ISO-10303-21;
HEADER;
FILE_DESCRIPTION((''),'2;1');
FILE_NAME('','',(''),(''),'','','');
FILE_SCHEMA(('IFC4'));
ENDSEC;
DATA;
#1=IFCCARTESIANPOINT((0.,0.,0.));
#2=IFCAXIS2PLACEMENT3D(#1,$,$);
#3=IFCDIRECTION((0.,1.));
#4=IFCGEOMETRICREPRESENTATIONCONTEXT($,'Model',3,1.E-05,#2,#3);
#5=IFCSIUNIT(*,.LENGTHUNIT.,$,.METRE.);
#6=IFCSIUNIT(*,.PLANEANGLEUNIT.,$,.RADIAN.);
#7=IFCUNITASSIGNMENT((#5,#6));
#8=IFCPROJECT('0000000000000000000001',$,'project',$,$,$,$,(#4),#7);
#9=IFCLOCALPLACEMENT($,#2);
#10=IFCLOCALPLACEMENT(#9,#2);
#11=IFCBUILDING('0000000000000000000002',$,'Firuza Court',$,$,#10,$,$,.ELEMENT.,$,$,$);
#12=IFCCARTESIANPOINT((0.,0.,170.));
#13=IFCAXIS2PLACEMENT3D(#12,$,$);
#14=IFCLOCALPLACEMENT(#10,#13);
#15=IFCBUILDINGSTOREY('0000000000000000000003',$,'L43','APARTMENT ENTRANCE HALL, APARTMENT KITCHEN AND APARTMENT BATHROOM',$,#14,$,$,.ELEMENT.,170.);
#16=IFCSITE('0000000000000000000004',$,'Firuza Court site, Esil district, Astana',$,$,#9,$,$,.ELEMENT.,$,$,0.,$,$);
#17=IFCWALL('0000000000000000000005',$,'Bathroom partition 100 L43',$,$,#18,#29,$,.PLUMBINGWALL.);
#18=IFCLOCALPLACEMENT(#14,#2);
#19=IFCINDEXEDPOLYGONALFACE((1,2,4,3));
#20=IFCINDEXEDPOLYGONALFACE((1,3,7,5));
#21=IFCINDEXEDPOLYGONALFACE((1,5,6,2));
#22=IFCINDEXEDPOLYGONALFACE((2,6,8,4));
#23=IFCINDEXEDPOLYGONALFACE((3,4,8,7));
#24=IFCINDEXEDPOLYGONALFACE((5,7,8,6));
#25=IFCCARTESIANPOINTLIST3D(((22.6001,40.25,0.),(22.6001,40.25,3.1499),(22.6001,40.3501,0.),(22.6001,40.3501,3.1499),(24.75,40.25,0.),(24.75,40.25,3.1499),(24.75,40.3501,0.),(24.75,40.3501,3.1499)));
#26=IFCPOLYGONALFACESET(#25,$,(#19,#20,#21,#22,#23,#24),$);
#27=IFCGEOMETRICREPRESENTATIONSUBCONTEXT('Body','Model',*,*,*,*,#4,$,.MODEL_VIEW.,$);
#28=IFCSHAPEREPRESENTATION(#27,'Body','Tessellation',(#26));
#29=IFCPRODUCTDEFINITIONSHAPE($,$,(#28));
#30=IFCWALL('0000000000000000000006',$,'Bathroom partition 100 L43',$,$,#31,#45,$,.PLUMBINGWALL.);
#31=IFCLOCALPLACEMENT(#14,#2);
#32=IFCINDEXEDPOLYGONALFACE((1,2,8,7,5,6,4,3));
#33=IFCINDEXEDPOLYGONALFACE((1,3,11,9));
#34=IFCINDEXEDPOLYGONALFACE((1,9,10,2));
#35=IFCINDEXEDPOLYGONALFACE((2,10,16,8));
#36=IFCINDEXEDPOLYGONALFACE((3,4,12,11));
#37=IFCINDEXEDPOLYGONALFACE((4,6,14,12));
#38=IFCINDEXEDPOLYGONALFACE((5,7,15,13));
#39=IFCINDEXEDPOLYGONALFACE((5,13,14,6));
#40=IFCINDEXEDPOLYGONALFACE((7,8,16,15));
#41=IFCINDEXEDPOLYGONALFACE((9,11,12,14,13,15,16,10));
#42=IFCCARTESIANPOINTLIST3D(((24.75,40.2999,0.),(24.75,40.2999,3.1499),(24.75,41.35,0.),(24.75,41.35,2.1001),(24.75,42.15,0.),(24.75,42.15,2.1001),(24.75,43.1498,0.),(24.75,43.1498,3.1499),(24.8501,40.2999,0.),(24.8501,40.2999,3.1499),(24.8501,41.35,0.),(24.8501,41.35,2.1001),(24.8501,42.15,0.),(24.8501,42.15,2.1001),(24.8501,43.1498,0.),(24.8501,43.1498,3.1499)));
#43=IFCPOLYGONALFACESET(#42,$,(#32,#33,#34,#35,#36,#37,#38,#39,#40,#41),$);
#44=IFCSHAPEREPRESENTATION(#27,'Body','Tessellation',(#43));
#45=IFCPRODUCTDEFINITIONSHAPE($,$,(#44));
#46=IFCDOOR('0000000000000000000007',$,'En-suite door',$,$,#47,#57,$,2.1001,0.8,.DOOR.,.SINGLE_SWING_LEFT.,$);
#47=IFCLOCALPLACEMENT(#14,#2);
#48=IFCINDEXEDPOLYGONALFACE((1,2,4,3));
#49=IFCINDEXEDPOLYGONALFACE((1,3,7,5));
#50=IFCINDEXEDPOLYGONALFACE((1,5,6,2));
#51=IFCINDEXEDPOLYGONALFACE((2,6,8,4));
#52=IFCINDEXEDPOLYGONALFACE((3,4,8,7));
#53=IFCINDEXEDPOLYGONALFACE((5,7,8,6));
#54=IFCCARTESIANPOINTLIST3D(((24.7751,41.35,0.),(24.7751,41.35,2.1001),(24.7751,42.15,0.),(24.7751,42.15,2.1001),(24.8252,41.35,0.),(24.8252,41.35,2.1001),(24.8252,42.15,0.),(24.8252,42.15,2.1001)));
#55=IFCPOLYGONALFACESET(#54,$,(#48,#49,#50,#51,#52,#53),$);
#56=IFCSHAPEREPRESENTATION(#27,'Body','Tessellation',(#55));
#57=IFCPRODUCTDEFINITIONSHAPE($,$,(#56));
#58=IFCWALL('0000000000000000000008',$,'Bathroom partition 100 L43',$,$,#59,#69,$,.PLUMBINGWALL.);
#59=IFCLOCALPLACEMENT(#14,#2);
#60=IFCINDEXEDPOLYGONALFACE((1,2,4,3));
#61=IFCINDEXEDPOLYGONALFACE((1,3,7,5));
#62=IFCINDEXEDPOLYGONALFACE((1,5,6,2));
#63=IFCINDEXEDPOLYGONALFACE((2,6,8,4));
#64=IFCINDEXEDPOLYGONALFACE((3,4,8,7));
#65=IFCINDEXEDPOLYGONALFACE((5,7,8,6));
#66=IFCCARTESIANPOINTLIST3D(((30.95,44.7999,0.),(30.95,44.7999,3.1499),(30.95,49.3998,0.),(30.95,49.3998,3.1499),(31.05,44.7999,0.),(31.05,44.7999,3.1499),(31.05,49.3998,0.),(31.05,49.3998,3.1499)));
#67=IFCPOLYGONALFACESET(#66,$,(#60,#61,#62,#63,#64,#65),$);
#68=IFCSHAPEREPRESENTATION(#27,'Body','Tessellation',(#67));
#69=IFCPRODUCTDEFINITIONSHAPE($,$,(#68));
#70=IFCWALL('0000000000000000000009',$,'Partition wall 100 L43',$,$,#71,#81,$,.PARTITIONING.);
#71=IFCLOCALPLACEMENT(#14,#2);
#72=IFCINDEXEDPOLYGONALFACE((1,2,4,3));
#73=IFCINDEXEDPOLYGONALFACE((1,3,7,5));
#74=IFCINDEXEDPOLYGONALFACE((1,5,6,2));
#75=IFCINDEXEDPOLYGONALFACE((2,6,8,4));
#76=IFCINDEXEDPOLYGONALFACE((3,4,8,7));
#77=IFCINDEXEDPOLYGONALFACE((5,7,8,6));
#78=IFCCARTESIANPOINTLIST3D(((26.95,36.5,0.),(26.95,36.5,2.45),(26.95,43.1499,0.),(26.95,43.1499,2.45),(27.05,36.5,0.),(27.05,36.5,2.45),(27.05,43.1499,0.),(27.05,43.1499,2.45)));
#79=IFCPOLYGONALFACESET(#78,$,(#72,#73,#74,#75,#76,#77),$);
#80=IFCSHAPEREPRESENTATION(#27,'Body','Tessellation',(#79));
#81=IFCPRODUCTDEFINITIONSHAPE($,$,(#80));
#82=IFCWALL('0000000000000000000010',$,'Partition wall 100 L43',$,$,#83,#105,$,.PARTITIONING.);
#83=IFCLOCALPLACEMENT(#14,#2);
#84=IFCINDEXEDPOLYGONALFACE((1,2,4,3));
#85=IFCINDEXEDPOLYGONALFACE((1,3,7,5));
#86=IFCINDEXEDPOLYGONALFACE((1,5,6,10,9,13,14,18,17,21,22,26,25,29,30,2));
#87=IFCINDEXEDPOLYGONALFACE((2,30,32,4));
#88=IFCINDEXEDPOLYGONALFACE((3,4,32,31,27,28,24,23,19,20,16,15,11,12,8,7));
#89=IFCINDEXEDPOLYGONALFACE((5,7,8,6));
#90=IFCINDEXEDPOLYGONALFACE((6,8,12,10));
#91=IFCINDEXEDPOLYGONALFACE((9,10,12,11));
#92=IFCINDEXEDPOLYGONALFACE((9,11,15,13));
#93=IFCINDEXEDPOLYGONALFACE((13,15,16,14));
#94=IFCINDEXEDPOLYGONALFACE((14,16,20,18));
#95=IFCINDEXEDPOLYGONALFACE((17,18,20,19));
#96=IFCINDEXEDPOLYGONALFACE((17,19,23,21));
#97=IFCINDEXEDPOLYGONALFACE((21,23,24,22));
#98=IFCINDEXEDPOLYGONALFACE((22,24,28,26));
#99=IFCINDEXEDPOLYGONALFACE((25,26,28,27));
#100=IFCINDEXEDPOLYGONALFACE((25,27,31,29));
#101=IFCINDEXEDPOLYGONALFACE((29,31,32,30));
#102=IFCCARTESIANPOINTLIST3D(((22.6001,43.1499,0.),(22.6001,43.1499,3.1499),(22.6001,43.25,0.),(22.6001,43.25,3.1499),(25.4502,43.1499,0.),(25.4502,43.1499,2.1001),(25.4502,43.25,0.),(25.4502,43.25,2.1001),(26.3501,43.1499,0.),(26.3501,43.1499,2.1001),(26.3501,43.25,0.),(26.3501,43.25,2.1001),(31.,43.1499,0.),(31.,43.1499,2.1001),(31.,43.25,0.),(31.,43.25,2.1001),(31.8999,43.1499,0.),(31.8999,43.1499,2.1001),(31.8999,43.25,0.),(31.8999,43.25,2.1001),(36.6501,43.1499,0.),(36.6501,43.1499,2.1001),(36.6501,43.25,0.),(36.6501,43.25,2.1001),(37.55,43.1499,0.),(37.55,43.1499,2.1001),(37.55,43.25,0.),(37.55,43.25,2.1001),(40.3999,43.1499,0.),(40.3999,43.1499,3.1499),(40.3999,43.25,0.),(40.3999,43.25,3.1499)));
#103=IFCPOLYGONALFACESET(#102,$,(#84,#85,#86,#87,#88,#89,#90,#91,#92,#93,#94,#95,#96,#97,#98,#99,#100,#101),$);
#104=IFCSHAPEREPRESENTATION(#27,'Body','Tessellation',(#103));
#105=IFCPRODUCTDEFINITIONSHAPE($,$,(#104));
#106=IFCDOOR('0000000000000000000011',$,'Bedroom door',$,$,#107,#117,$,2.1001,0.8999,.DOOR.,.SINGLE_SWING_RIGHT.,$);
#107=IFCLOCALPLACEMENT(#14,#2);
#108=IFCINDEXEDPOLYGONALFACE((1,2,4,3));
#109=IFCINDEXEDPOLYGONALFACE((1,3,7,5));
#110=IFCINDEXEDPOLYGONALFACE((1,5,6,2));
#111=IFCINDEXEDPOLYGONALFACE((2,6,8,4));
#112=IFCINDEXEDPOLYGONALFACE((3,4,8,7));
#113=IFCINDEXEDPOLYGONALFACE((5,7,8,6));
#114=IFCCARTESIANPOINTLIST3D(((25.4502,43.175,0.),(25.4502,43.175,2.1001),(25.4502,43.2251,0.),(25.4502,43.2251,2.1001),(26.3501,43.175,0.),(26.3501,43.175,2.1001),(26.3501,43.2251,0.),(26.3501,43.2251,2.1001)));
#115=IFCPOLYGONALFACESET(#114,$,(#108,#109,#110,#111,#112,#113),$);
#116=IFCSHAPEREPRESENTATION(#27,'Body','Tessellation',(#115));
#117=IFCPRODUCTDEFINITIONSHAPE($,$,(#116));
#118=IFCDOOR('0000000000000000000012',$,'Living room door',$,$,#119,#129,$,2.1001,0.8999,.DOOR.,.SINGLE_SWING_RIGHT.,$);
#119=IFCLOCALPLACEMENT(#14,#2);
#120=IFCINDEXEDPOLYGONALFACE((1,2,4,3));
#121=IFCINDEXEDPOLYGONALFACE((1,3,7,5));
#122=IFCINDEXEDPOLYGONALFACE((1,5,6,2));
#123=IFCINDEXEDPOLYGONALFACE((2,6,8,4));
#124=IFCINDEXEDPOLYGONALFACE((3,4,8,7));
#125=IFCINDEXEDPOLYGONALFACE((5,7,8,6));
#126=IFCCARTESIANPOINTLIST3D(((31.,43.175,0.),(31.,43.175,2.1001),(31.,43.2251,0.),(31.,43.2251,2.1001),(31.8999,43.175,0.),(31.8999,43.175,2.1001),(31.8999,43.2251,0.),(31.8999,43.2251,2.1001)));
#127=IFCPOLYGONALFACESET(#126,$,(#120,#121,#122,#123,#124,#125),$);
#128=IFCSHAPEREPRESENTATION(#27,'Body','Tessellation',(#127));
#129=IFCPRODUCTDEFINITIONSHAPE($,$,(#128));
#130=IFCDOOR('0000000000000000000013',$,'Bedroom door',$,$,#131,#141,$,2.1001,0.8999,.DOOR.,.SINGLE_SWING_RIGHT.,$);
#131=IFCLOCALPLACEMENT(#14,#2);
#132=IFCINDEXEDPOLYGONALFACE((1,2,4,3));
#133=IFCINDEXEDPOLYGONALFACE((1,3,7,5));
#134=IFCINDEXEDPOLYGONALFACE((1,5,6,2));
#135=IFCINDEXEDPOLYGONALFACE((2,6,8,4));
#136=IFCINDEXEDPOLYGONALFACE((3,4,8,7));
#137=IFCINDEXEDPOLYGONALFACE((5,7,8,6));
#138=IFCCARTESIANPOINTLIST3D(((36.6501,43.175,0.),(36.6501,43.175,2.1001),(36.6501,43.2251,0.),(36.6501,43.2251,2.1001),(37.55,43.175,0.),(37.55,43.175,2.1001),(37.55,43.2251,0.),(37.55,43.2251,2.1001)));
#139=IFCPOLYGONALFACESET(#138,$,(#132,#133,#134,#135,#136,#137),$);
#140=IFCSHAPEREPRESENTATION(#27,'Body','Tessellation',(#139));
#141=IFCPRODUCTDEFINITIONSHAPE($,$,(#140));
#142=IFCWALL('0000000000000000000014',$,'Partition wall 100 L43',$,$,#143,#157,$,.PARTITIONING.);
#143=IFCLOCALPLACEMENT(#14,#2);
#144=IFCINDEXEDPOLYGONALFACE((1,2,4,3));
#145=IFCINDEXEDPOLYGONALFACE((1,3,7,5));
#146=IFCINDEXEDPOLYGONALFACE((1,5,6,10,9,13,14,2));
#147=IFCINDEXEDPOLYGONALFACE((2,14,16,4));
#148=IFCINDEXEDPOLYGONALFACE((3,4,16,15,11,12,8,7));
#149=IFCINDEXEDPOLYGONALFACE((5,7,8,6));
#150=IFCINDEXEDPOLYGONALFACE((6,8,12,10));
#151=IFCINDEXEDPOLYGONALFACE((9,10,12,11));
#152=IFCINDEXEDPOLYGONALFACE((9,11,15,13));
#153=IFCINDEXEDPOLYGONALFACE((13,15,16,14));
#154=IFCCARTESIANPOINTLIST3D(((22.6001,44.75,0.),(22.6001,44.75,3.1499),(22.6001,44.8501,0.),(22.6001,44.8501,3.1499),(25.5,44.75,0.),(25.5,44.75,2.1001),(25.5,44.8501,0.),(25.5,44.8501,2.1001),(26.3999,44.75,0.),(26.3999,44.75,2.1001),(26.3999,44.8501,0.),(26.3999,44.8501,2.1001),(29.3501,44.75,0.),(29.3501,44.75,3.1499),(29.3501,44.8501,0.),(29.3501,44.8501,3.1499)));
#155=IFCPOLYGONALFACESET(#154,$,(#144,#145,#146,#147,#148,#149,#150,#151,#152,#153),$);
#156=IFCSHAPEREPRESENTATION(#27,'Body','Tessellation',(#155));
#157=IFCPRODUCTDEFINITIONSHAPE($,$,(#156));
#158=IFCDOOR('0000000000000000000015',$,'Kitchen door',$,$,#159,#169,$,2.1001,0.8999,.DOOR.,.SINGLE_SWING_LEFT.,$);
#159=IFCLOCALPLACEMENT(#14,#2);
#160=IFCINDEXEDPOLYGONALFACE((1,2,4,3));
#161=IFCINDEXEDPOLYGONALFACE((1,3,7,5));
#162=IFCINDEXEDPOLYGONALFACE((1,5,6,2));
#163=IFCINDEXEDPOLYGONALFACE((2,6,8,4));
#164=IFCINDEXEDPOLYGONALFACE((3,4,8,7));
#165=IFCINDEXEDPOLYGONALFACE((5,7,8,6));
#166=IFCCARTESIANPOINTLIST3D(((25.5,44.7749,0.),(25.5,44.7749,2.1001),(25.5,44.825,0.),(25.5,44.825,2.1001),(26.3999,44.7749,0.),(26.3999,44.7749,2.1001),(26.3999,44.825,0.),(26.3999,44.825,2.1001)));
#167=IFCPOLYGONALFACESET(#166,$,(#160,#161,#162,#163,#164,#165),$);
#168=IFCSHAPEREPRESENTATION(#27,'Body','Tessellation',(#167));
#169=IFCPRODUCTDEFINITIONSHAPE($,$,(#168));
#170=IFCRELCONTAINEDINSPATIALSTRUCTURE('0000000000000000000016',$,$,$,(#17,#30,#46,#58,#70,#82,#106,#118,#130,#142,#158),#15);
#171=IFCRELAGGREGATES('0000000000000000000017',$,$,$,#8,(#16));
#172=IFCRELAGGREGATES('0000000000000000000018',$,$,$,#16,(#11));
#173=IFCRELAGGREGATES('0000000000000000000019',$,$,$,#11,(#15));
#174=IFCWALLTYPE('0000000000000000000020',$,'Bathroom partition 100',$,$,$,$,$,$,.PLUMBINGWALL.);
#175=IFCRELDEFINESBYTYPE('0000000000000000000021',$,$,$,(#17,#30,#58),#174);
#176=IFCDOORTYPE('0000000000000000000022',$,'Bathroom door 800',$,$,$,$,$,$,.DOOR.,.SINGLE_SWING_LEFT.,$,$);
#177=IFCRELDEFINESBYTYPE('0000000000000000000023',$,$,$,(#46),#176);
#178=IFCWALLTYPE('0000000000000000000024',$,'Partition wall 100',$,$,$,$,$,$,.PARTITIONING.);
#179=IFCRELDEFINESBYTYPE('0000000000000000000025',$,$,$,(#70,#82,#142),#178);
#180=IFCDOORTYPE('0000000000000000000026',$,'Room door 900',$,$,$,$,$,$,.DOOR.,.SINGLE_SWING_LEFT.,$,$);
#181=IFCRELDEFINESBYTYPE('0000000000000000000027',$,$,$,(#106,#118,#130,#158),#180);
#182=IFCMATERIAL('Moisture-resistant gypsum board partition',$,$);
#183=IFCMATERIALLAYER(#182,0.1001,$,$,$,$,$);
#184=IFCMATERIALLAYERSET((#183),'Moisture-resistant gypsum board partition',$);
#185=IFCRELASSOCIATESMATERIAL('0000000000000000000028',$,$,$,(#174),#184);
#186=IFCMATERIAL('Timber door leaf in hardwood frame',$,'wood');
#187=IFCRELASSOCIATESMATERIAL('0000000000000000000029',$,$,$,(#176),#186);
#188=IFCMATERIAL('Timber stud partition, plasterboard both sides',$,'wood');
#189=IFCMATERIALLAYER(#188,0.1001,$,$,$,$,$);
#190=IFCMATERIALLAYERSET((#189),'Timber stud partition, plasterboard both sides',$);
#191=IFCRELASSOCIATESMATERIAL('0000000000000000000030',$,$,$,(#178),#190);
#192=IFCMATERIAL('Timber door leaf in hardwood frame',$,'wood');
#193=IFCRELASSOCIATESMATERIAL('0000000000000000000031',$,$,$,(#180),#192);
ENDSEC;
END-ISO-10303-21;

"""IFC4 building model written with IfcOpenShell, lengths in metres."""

from ifc_helpers import new_model, si_unit, direction, frame, frame_2d, origin, place, context, subcontext, project, spatial, rectangle, extrude, material, layer, layer_set, type_object, element, fill, save


model = new_model("IFC4")

# Units and contexts
model_context = context("Model", 3, precision=1e-05, world=origin(), true_north=direction((0.0, 1.0)))
body_context = subcontext(model_context, "Body", "Model", "MODEL_VIEW")
ifc_project = project(units=[si_unit("LENGTHUNIT", "METRE"), si_unit("PLANEANGLEUNIT", "RADIAN")], contexts=[model_context])

# Site, building, storey
site_placement = place(None, origin())
site = spatial("IfcSite", under=ifc_project, at=site_placement, Name="Firuza Court site, Esil district, Astana", CompositionType="ELEMENT", RefElevation=0.0)
building_placement = place(site_placement, origin())
building = spatial("IfcBuilding", under=site, at=building_placement, Name="Firuza Court", CompositionType="ELEMENT")
storey_placement = place(building_placement, frame((0.0, 0.0, 170.0)))
storey = spatial("IfcBuildingStorey", under=building, at=storey_placement, Name="L43", Description="APARTMENT ENTRANCE HALL, APARTMENT KITCHEN AND APARTMENT BATHROOM", CompositionType="ELEMENT", Elevation=170.0)

# Wall
ifc_material_1 = material(Name="Moisture-resistant gypsum board partition")
ifc_layer_1 = layer(ifc_material_1, 0.1001)
ifc_layer_set_1 = layer_set([ifc_layer_1], Name="Moisture-resistant gypsum board partition")
wall_type_1 = type_object("IfcWallType", Name="Bathroom partition 100", PredefinedType="PLUMBINGWALL", material=ifc_layer_set_1)
wall_1_placement = place(storey_placement, frame((22.6001, 40.3, 0.0), z_axis=(0.0, 0.0, 1.0), x_axis=(1.0, 0.0, 0.0)))
element("IfcWall", 1, at=wall_1_placement, inside=storey, type_object=wall_type_1, Name="Bathroom partition 100 L43", PredefinedType="PLUMBINGWALL", context=body_context, shape_type="SweptSolid", body=[
    extrude(rectangle(XDim=2.1499, YDim=0.1001, at=frame_2d((1.075, 0.0))), origin(), (0.0, 0.0, 1.0), 3.1499),
])

# Wall, opening, door
wall_2_placement = place(storey_placement, frame((24.8, 40.3, 0.0), z_axis=(0.0, 0.0, 1.0), x_axis=(0.0, 1.0, 0.0)))
wall_2 = element("IfcWall", 2, at=wall_2_placement, inside=storey, type_object=wall_type_1, Name="Bathroom partition 100 L43", PredefinedType="PLUMBINGWALL", context=body_context, shape_type="SweptSolid", body=[
    extrude(rectangle(XDim=2.8499, YDim=0.1001, at=frame_2d((1.4248, 0.0))), origin(), (0.0, 0.0, 1.0), 3.1499),
])
opening_1_placement = place(wall_2_placement, frame((1.05, 0.0, 0.0)))
opening_1 = element("IfcOpeningElement", 3, at=opening_1_placement, cuts=wall_2, PredefinedType="OPENING", context=body_context, shape_type="SweptSolid", body=[
    extrude(rectangle(XDim=0.8, YDim=2.1001, at=frame_2d((0.3999, 1.05))), frame((0.0, 0.062, 0.0), z_axis=(0.0, -1.0, 0.0), x_axis=(1.0, 0.0, 0.0)), (0.0, 0.0, 1.0), 0.124),
])
ifc_material_2 = material(Name="Timber door leaf in hardwood frame", Category="wood")
door_type_1 = type_object("IfcDoorType", Name="Bathroom door 800", OperationType="SINGLE_SWING_LEFT", PredefinedType="DOOR", material=ifc_material_2)
door_1_placement = place(opening_1_placement, origin())
door_1 = element("IfcDoor", 4, at=door_1_placement, inside=storey, type_object=door_type_1, Name="En-suite door", OperationType="SINGLE_SWING_LEFT", OverallHeight=2.1001, OverallWidth=0.8, PredefinedType="DOOR", context=body_context, shape_type="SweptSolid", body=[
    extrude(rectangle(XDim=0.8, YDim=2.1001, at=frame_2d((0.3999, 1.05))), frame((0.0, 0.0249, 0.0), z_axis=(0.0, -1.0, 0.0), x_axis=(1.0, 0.0, 0.0)), (0.0, 0.0, 1.0), 0.05),
])
fill(opening_1, door_1)

# Walls
wall_3_placement = place(storey_placement, frame((31.0, 44.8, 0.0), z_axis=(0.0, 0.0, 1.0), x_axis=(0.0, 1.0, 0.0)))
element("IfcWall", 5, at=wall_3_placement, inside=storey, type_object=wall_type_1, Name="Bathroom partition 100 L43", PredefinedType="PLUMBINGWALL", context=body_context, shape_type="SweptSolid", body=[
    extrude(rectangle(XDim=4.5999, YDim=0.1001, at=frame_2d((2.2998, 0.0))), origin(), (0.0, 0.0, 1.0), 3.1499),
])
ifc_material_3 = material(Name="Timber stud partition, plasterboard both sides", Category="wood")
ifc_layer_2 = layer(ifc_material_3, 0.1001)
ifc_layer_set_2 = layer_set([ifc_layer_2], Name="Timber stud partition, plasterboard both sides")
wall_type_2 = type_object("IfcWallType", Name="Partition wall 100", PredefinedType="PARTITIONING", material=ifc_layer_set_2)
wall_4_placement = place(storey_placement, frame((27.0, 36.5, 0.0), z_axis=(0.0, 0.0, 1.0), x_axis=(0.0, 1.0, 0.0)))
element("IfcWall", 6, at=wall_4_placement, inside=storey, type_object=wall_type_2, Name="Partition wall 100 L43", PredefinedType="PARTITIONING", context=body_context, shape_type="SweptSolid", body=[
    extrude(rectangle(XDim=6.6499, YDim=0.1001, at=frame_2d((3.325, 0.0))), origin(), (0.0, 0.0, 1.0), 2.45),
])

# Wall, openings, doors
wall_5_placement = place(storey_placement, frame((22.6001, 43.2, 0.0), z_axis=(0.0, 0.0, 1.0), x_axis=(1.0, 0.0, 0.0)))
wall_5 = element("IfcWall", 7, at=wall_5_placement, inside=storey, type_object=wall_type_2, Name="Partition wall 100 L43", PredefinedType="PARTITIONING", context=body_context, shape_type="SweptSolid", body=[
    extrude(rectangle(XDim=17.7998, YDim=0.1001, at=frame_2d((8.8999, 0.0))), origin(), (0.0, 0.0, 1.0), 3.1499),
])
opening_2_placement = place(wall_5_placement, frame((2.8501, 0.0, 0.0)))
opening_2 = element("IfcOpeningElement", 8, at=opening_2_placement, cuts=wall_5, PredefinedType="OPENING", context=body_context, shape_type="SweptSolid", body=[
    extrude(rectangle(XDim=0.8999, YDim=2.1001, at=frame_2d((0.45, 1.05))), frame((0.0, 0.062, 0.0), z_axis=(0.0, -1.0, 0.0), x_axis=(1.0, 0.0, 0.0)), (0.0, 0.0, 1.0), 0.124),
])
opening_3_placement = place(wall_5_placement, frame((8.3999, 0.0, 0.0)))
opening_3 = element("IfcOpeningElement", 9, at=opening_3_placement, cuts=wall_5, PredefinedType="OPENING", context=body_context, shape_type="SweptSolid", body=[
    extrude(rectangle(XDim=0.8999, YDim=2.1001, at=frame_2d((0.45, 1.05))), frame((0.0, 0.062, 0.0), z_axis=(0.0, -1.0, 0.0), x_axis=(1.0, 0.0, 0.0)), (0.0, 0.0, 1.0), 0.124),
])
opening_4_placement = place(wall_5_placement, frame((14.05, 0.0, 0.0)))
opening_4 = element("IfcOpeningElement", 10, at=opening_4_placement, cuts=wall_5, PredefinedType="OPENING", context=body_context, shape_type="SweptSolid", body=[
    extrude(rectangle(XDim=0.8999, YDim=2.1001, at=frame_2d((0.45, 1.05))), frame((0.0, 0.062, 0.0), z_axis=(0.0, -1.0, 0.0), x_axis=(1.0, 0.0, 0.0)), (0.0, 0.0, 1.0), 0.124),
])
ifc_material_4 = material(Name="Timber door leaf in hardwood frame", Category="wood")
door_type_2 = type_object("IfcDoorType", Name="Room door 900", OperationType="SINGLE_SWING_LEFT", PredefinedType="DOOR", material=ifc_material_4)
door_2_placement = place(opening_2_placement, frame((0.8999, 0.0, 0.0), z_axis=(0.0, 0.0, 1.0), x_axis=(-1.0, 0.0, 0.0)))
door_2 = element("IfcDoor", 11, at=door_2_placement, inside=storey, type_object=door_type_2, Name="Bedroom door", OperationType="SINGLE_SWING_RIGHT", OverallHeight=2.1001, OverallWidth=0.8999, PredefinedType="DOOR", context=body_context, shape_type="SweptSolid", body=[
    extrude(rectangle(XDim=0.8999, YDim=2.1001, at=frame_2d((0.45, 1.05))), frame((0.0, 0.0249, 0.0), z_axis=(0.0, -1.0, 0.0), x_axis=(1.0, 0.0, 0.0)), (0.0, 0.0, 1.0), 0.05),
])
fill(opening_2, door_2)
door_3_placement = place(opening_3_placement, frame((0.8999, 0.0, 0.0), z_axis=(0.0, 0.0, 1.0), x_axis=(-1.0, 0.0, 0.0)))
door_3 = element("IfcDoor", 12, at=door_3_placement, inside=storey, type_object=door_type_2, Name="Living room door", OperationType="SINGLE_SWING_RIGHT", OverallHeight=2.1001, OverallWidth=0.8999, PredefinedType="DOOR", context=body_context, shape_type="SweptSolid", body=[
    extrude(rectangle(XDim=0.8999, YDim=2.1001, at=frame_2d((0.45, 1.05))), frame((0.0, 0.0249, 0.0), z_axis=(0.0, -1.0, 0.0), x_axis=(1.0, 0.0, 0.0)), (0.0, 0.0, 1.0), 0.05),
])
fill(opening_3, door_3)
door_4_placement = place(opening_4_placement, frame((0.8999, 0.0, 0.0), z_axis=(0.0, 0.0, 1.0), x_axis=(-1.0, 0.0, 0.0)))
door_4 = element("IfcDoor", 13, at=door_4_placement, inside=storey, type_object=door_type_2, Name="Bedroom door", OperationType="SINGLE_SWING_RIGHT", OverallHeight=2.1001, OverallWidth=0.8999, PredefinedType="DOOR", context=body_context, shape_type="SweptSolid", body=[
    extrude(rectangle(XDim=0.8999, YDim=2.1001, at=frame_2d((0.45, 1.05))), frame((0.0, 0.0249, 0.0), z_axis=(0.0, -1.0, 0.0), x_axis=(1.0, 0.0, 0.0)), (0.0, 0.0, 1.0), 0.05),
])
fill(opening_4, door_4)

# Wall, opening, door
wall_6_placement = place(storey_placement, frame((22.6001, 44.8, 0.0), z_axis=(0.0, 0.0, 1.0), x_axis=(1.0, 0.0, 0.0)))
wall_6 = element("IfcWall", 14, at=wall_6_placement, inside=storey, type_object=wall_type_2, Name="Partition wall 100 L43", PredefinedType="PARTITIONING", context=body_context, shape_type="SweptSolid", body=[
    extrude(rectangle(XDim=6.75, YDim=0.1001, at=frame_2d((3.375, 0.0))), origin(), (0.0, 0.0, 1.0), 3.1499),
])
opening_5_placement = place(wall_6_placement, frame((2.8999, 0.0, 0.0)))
opening_5 = element("IfcOpeningElement", 15, at=opening_5_placement, cuts=wall_6, PredefinedType="OPENING", context=body_context, shape_type="SweptSolid", body=[
    extrude(rectangle(XDim=0.8999, YDim=2.1001, at=frame_2d((0.45, 1.05))), frame((0.0, 0.062, 0.0), z_axis=(0.0, -1.0, 0.0), x_axis=(1.0, 0.0, 0.0)), (0.0, 0.0, 1.0), 0.124),
])
door_5_placement = place(opening_5_placement, origin())
door_5 = element("IfcDoor", 16, at=door_5_placement, inside=storey, type_object=door_type_2, Name="Kitchen door", OperationType="SINGLE_SWING_LEFT", OverallHeight=2.1001, OverallWidth=0.8999, PredefinedType="DOOR", context=body_context, shape_type="SweptSolid", body=[
    extrude(rectangle(XDim=0.8999, YDim=2.1001, at=frame_2d((0.45, 1.05))), frame((0.0, 0.0249, 0.0), z_axis=(0.0, -1.0, 0.0), x_axis=(1.0, 0.0, 0.0)), (0.0, 0.0, 1.0), 0.05),
])
fill(opening_5, door_5)

save(model, "model.ifc")
